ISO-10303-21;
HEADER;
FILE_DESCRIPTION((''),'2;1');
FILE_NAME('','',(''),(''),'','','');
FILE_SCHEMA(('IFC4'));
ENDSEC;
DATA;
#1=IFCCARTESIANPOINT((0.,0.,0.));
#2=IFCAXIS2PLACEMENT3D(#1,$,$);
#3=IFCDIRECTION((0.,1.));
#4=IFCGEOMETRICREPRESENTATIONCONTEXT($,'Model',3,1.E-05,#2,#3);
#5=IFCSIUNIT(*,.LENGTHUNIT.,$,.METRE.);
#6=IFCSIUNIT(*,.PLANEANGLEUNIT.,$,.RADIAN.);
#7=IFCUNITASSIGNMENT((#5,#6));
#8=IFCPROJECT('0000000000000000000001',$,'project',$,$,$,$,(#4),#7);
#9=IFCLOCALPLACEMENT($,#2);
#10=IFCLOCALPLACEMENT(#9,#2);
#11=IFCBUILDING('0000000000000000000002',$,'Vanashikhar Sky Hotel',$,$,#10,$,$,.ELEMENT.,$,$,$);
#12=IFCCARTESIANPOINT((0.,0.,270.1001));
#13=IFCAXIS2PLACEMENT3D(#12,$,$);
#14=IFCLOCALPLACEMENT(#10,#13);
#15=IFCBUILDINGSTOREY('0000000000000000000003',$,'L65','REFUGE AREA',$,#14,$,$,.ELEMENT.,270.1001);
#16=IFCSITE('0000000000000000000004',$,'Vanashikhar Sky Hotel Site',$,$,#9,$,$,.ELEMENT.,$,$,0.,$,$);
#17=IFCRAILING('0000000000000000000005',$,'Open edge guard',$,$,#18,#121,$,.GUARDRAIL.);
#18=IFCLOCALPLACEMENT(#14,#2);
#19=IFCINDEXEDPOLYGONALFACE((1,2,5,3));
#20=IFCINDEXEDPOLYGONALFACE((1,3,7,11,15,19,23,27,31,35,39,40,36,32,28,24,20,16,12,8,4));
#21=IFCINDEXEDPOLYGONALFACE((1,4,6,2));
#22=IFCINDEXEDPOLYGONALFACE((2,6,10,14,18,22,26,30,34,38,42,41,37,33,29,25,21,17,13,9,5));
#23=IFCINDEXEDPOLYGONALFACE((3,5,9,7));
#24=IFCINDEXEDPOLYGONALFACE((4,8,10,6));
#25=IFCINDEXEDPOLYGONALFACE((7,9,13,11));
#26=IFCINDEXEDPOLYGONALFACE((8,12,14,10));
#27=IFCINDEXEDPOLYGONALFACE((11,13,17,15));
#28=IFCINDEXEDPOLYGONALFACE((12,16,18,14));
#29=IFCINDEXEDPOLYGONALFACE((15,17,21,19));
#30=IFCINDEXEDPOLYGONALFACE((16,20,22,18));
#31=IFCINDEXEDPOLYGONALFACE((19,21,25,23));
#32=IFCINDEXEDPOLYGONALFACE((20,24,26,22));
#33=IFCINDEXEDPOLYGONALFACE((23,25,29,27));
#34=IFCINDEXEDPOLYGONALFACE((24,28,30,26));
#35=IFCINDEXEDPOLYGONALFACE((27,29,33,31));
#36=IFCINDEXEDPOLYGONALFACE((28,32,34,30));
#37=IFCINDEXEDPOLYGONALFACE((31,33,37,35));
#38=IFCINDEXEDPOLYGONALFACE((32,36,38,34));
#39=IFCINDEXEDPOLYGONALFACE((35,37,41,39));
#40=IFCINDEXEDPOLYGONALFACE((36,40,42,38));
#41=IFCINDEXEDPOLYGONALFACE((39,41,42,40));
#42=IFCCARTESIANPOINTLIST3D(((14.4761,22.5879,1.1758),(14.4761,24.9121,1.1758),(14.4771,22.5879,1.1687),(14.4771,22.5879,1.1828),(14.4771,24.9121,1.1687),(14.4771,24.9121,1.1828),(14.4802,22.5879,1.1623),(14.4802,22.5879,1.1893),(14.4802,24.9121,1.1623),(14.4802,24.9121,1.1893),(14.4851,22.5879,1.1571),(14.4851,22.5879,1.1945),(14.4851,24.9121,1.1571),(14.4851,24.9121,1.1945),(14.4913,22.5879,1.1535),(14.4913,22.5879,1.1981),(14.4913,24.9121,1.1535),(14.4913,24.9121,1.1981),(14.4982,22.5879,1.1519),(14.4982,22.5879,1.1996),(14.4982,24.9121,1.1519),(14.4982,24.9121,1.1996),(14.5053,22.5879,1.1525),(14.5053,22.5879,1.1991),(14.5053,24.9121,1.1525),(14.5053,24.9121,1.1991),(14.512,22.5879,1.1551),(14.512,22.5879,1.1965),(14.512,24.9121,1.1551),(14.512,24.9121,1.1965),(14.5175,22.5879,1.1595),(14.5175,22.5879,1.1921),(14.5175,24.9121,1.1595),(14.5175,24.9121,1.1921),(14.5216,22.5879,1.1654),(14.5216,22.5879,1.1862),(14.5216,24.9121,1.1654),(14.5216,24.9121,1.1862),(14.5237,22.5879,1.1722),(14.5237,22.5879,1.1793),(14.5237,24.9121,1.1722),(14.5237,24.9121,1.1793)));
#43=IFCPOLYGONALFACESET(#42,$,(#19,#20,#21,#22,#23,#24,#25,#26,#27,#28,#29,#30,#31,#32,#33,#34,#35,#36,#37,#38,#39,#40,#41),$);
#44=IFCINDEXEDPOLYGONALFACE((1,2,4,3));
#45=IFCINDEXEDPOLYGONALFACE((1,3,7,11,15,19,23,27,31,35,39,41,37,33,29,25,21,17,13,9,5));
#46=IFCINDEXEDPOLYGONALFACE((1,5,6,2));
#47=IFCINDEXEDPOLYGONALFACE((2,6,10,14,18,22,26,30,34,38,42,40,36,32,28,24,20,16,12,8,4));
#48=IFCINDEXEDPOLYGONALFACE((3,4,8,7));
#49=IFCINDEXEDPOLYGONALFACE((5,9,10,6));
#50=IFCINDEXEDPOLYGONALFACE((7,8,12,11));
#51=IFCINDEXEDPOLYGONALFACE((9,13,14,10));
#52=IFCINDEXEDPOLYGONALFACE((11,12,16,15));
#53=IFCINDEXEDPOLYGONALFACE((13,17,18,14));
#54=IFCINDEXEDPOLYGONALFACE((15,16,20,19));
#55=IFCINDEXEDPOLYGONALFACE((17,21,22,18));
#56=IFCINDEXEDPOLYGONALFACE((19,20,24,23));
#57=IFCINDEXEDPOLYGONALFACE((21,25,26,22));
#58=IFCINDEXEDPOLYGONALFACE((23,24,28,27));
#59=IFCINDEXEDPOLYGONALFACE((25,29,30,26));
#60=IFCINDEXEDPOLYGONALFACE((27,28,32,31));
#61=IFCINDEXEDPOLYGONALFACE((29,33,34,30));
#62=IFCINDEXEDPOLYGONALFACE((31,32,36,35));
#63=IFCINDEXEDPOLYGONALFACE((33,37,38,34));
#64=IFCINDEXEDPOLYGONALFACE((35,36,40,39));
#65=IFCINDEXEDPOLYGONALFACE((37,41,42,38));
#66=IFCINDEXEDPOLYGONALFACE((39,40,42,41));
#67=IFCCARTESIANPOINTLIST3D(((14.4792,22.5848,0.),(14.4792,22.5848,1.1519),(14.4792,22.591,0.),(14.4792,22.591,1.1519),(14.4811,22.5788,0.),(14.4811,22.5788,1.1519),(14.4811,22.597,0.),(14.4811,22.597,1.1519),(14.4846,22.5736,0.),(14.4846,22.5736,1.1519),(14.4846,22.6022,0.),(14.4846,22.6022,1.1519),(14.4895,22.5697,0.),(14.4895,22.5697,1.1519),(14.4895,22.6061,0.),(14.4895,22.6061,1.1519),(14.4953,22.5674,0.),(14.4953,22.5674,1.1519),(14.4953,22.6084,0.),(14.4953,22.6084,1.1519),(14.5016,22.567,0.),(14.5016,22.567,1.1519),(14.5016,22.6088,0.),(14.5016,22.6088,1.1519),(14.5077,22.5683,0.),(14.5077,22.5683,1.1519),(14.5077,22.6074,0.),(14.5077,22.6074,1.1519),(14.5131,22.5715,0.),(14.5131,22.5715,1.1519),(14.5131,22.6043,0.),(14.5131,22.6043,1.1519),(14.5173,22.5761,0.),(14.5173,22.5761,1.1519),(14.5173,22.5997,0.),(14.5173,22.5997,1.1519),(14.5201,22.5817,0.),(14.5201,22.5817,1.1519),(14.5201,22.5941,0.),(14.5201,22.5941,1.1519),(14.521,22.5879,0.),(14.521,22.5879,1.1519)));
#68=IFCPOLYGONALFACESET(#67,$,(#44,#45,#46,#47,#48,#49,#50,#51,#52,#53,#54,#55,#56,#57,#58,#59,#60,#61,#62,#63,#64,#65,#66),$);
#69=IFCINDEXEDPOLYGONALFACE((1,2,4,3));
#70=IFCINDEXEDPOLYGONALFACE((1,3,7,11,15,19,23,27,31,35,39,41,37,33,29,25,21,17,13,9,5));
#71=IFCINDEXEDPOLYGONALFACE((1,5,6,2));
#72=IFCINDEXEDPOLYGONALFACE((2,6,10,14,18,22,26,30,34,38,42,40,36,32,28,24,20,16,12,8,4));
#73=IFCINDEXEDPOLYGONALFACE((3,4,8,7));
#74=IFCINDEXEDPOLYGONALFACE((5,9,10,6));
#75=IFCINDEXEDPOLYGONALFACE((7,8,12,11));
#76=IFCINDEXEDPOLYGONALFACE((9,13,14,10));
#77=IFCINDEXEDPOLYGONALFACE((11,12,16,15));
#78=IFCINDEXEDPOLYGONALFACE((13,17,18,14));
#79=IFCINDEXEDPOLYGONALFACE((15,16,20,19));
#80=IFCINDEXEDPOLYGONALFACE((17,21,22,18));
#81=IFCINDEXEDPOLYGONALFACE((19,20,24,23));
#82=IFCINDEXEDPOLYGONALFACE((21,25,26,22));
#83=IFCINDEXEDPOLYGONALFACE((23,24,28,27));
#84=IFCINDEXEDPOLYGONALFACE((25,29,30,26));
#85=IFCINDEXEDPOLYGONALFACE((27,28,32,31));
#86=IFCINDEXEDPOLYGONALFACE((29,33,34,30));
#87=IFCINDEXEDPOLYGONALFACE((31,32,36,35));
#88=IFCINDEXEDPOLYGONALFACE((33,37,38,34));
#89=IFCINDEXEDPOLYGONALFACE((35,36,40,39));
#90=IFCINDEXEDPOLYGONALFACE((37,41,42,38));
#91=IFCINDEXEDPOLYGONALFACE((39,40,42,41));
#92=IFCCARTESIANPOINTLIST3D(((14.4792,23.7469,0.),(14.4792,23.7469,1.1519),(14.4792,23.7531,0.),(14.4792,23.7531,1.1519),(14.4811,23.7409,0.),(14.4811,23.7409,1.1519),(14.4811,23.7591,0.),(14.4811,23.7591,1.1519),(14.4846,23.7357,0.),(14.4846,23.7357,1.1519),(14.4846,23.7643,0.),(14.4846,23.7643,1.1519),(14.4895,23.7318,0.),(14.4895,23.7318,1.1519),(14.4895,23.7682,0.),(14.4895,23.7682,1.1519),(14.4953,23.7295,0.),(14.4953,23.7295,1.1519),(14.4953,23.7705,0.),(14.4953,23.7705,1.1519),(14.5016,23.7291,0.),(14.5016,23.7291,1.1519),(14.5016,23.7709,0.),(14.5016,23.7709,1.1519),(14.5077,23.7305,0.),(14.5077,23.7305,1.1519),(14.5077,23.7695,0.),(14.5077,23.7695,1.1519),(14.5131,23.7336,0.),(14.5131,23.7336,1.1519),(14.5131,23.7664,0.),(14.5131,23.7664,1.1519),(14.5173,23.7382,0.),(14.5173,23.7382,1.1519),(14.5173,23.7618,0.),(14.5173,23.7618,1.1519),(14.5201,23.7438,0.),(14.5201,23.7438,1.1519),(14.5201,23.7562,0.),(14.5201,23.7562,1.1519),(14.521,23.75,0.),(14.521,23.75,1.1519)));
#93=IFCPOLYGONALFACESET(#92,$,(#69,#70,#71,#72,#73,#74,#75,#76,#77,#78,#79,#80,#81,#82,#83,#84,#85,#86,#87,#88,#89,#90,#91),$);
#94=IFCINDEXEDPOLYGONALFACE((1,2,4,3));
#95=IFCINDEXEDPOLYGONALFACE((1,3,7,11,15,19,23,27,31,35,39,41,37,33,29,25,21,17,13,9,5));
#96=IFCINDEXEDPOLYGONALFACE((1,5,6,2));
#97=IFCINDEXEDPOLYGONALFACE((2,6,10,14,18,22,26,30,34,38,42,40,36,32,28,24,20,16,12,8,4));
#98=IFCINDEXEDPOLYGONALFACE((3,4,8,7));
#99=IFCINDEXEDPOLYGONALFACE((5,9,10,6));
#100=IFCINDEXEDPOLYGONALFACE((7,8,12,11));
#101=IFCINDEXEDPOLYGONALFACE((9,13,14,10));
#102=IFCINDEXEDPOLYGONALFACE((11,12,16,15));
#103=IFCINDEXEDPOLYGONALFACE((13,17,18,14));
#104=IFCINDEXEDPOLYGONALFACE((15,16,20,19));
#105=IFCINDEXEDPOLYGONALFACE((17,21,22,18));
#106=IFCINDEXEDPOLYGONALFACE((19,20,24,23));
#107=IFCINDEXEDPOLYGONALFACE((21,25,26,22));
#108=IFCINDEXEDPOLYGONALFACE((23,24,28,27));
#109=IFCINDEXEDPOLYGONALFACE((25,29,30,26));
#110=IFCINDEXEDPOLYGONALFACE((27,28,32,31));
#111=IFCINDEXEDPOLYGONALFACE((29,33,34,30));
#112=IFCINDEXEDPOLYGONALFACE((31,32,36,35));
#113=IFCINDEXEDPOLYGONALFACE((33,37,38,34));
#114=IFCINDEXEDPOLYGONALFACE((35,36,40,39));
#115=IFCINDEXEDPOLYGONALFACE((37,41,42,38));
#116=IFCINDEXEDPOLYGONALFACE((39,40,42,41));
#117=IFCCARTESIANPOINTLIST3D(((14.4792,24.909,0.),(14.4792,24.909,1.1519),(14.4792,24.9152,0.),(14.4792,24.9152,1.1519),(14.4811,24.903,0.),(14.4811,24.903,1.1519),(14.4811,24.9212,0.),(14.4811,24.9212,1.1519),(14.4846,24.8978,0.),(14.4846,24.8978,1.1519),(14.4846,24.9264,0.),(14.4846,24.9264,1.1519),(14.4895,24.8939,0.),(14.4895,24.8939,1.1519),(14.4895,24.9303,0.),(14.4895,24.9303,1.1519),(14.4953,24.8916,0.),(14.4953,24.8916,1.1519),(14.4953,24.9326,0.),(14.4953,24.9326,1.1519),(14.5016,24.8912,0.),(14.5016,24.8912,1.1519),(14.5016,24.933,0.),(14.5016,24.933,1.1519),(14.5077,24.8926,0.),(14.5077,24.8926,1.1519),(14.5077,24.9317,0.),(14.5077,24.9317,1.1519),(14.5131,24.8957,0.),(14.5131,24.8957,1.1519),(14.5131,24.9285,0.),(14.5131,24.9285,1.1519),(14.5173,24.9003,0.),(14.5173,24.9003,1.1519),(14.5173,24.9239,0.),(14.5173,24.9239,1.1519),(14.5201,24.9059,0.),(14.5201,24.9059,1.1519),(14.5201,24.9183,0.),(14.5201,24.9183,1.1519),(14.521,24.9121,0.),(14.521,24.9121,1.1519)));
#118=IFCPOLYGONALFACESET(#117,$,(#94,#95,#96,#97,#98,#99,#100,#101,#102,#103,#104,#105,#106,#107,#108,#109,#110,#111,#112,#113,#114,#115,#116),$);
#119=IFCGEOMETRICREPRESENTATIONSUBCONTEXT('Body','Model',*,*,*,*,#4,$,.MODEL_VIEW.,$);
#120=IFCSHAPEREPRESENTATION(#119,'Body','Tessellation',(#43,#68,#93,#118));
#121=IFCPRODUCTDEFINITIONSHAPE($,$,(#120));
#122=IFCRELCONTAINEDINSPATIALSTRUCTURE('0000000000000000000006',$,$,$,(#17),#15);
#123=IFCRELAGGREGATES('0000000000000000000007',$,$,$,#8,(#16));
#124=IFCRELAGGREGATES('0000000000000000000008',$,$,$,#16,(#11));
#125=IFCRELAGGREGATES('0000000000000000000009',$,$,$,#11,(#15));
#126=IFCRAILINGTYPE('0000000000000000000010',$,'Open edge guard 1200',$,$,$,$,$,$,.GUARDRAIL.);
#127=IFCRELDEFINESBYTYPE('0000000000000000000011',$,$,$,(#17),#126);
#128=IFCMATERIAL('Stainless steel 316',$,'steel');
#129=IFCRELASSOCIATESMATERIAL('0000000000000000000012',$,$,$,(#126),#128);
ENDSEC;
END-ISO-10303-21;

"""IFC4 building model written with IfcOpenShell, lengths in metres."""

from ifc_helpers import new_model, si_unit, direction, frame, origin, origin_2d, place, context, subcontext, project, spatial, circle, extrude, source, transform, mapped, material, type_object, element, save


model = new_model("IFC4")

# Units and contexts
model_context = context("Model", 3, precision=1e-05, world=origin(), true_north=direction((0.0, 1.0)))
body_context = subcontext(model_context, "Body", "Model", "MODEL_VIEW")
ifc_project = project(units=[si_unit("LENGTHUNIT", "METRE"), si_unit("PLANEANGLEUNIT", "RADIAN")], contexts=[model_context])

# Site, building, storey
site_placement = place(None, origin())
site = spatial("IfcSite", under=ifc_project, at=site_placement, Name="Vanashikhar Sky Hotel Site", CompositionType="ELEMENT", RefElevation=0.0)
building_placement = place(site_placement, origin())
building = spatial("IfcBuilding", under=site, at=building_placement, Name="Vanashikhar Sky Hotel", CompositionType="ELEMENT")
storey_placement = place(building_placement, frame((0.0, 0.0, 270.1001)))
storey = spatial("IfcBuildingStorey", under=building, at=storey_placement, Name="L65", Description="REFUGE AREA", CompositionType="ELEMENT", Elevation=270.1001)

# Railing
ifc_material_1 = material(Name="Stainless steel 316", Category="steel")
railing_type_1 = type_object("IfcRailingType", Name="Open edge guard 1200", PredefinedType="GUARDRAIL", material=ifc_material_1)
shared_shape_1 = source(origin(), body_context, "Body", "SweptSolid", [
    extrude(circle(Radius=0.0239, at=origin_2d()), frame((0.0, 0.0, 1.1758), z_axis=(0.0, 1.0, 0.0), x_axis=(-1.0, 0.0, 0.0)), (0.0, 0.0, 1.0), 2.3242),
    extrude(circle(Radius=0.021, at=origin_2d()), origin(), (0.0, 0.0, 1.0), 1.1519),
    extrude(circle(Radius=0.021, at=origin_2d()), frame((0.0, 1.1621, 0.0)), (0.0, 0.0, 1.0), 1.1519),
    extrude(circle(Radius=0.021, at=origin_2d()), frame((0.0, 2.3242, 0.0)), (0.0, 0.0, 1.0), 1.1519),
])
for number, where, name in (
    (1, (14.5, 22.5879, 0.0), "Open edge guard"),
):
    element("IfcRailing", number, at=place(storey_placement, frame(where)), inside=storey, type_object=railing_type_1, Name=name, PredefinedType="GUARDRAIL", context=body_context, shape_type="MappedRepresentation", body=[
        mapped(shared_shape_1, transform((0.0, 0.0, 0.0), scale=1.0)),
    ])

save(model, "model.ifc")
